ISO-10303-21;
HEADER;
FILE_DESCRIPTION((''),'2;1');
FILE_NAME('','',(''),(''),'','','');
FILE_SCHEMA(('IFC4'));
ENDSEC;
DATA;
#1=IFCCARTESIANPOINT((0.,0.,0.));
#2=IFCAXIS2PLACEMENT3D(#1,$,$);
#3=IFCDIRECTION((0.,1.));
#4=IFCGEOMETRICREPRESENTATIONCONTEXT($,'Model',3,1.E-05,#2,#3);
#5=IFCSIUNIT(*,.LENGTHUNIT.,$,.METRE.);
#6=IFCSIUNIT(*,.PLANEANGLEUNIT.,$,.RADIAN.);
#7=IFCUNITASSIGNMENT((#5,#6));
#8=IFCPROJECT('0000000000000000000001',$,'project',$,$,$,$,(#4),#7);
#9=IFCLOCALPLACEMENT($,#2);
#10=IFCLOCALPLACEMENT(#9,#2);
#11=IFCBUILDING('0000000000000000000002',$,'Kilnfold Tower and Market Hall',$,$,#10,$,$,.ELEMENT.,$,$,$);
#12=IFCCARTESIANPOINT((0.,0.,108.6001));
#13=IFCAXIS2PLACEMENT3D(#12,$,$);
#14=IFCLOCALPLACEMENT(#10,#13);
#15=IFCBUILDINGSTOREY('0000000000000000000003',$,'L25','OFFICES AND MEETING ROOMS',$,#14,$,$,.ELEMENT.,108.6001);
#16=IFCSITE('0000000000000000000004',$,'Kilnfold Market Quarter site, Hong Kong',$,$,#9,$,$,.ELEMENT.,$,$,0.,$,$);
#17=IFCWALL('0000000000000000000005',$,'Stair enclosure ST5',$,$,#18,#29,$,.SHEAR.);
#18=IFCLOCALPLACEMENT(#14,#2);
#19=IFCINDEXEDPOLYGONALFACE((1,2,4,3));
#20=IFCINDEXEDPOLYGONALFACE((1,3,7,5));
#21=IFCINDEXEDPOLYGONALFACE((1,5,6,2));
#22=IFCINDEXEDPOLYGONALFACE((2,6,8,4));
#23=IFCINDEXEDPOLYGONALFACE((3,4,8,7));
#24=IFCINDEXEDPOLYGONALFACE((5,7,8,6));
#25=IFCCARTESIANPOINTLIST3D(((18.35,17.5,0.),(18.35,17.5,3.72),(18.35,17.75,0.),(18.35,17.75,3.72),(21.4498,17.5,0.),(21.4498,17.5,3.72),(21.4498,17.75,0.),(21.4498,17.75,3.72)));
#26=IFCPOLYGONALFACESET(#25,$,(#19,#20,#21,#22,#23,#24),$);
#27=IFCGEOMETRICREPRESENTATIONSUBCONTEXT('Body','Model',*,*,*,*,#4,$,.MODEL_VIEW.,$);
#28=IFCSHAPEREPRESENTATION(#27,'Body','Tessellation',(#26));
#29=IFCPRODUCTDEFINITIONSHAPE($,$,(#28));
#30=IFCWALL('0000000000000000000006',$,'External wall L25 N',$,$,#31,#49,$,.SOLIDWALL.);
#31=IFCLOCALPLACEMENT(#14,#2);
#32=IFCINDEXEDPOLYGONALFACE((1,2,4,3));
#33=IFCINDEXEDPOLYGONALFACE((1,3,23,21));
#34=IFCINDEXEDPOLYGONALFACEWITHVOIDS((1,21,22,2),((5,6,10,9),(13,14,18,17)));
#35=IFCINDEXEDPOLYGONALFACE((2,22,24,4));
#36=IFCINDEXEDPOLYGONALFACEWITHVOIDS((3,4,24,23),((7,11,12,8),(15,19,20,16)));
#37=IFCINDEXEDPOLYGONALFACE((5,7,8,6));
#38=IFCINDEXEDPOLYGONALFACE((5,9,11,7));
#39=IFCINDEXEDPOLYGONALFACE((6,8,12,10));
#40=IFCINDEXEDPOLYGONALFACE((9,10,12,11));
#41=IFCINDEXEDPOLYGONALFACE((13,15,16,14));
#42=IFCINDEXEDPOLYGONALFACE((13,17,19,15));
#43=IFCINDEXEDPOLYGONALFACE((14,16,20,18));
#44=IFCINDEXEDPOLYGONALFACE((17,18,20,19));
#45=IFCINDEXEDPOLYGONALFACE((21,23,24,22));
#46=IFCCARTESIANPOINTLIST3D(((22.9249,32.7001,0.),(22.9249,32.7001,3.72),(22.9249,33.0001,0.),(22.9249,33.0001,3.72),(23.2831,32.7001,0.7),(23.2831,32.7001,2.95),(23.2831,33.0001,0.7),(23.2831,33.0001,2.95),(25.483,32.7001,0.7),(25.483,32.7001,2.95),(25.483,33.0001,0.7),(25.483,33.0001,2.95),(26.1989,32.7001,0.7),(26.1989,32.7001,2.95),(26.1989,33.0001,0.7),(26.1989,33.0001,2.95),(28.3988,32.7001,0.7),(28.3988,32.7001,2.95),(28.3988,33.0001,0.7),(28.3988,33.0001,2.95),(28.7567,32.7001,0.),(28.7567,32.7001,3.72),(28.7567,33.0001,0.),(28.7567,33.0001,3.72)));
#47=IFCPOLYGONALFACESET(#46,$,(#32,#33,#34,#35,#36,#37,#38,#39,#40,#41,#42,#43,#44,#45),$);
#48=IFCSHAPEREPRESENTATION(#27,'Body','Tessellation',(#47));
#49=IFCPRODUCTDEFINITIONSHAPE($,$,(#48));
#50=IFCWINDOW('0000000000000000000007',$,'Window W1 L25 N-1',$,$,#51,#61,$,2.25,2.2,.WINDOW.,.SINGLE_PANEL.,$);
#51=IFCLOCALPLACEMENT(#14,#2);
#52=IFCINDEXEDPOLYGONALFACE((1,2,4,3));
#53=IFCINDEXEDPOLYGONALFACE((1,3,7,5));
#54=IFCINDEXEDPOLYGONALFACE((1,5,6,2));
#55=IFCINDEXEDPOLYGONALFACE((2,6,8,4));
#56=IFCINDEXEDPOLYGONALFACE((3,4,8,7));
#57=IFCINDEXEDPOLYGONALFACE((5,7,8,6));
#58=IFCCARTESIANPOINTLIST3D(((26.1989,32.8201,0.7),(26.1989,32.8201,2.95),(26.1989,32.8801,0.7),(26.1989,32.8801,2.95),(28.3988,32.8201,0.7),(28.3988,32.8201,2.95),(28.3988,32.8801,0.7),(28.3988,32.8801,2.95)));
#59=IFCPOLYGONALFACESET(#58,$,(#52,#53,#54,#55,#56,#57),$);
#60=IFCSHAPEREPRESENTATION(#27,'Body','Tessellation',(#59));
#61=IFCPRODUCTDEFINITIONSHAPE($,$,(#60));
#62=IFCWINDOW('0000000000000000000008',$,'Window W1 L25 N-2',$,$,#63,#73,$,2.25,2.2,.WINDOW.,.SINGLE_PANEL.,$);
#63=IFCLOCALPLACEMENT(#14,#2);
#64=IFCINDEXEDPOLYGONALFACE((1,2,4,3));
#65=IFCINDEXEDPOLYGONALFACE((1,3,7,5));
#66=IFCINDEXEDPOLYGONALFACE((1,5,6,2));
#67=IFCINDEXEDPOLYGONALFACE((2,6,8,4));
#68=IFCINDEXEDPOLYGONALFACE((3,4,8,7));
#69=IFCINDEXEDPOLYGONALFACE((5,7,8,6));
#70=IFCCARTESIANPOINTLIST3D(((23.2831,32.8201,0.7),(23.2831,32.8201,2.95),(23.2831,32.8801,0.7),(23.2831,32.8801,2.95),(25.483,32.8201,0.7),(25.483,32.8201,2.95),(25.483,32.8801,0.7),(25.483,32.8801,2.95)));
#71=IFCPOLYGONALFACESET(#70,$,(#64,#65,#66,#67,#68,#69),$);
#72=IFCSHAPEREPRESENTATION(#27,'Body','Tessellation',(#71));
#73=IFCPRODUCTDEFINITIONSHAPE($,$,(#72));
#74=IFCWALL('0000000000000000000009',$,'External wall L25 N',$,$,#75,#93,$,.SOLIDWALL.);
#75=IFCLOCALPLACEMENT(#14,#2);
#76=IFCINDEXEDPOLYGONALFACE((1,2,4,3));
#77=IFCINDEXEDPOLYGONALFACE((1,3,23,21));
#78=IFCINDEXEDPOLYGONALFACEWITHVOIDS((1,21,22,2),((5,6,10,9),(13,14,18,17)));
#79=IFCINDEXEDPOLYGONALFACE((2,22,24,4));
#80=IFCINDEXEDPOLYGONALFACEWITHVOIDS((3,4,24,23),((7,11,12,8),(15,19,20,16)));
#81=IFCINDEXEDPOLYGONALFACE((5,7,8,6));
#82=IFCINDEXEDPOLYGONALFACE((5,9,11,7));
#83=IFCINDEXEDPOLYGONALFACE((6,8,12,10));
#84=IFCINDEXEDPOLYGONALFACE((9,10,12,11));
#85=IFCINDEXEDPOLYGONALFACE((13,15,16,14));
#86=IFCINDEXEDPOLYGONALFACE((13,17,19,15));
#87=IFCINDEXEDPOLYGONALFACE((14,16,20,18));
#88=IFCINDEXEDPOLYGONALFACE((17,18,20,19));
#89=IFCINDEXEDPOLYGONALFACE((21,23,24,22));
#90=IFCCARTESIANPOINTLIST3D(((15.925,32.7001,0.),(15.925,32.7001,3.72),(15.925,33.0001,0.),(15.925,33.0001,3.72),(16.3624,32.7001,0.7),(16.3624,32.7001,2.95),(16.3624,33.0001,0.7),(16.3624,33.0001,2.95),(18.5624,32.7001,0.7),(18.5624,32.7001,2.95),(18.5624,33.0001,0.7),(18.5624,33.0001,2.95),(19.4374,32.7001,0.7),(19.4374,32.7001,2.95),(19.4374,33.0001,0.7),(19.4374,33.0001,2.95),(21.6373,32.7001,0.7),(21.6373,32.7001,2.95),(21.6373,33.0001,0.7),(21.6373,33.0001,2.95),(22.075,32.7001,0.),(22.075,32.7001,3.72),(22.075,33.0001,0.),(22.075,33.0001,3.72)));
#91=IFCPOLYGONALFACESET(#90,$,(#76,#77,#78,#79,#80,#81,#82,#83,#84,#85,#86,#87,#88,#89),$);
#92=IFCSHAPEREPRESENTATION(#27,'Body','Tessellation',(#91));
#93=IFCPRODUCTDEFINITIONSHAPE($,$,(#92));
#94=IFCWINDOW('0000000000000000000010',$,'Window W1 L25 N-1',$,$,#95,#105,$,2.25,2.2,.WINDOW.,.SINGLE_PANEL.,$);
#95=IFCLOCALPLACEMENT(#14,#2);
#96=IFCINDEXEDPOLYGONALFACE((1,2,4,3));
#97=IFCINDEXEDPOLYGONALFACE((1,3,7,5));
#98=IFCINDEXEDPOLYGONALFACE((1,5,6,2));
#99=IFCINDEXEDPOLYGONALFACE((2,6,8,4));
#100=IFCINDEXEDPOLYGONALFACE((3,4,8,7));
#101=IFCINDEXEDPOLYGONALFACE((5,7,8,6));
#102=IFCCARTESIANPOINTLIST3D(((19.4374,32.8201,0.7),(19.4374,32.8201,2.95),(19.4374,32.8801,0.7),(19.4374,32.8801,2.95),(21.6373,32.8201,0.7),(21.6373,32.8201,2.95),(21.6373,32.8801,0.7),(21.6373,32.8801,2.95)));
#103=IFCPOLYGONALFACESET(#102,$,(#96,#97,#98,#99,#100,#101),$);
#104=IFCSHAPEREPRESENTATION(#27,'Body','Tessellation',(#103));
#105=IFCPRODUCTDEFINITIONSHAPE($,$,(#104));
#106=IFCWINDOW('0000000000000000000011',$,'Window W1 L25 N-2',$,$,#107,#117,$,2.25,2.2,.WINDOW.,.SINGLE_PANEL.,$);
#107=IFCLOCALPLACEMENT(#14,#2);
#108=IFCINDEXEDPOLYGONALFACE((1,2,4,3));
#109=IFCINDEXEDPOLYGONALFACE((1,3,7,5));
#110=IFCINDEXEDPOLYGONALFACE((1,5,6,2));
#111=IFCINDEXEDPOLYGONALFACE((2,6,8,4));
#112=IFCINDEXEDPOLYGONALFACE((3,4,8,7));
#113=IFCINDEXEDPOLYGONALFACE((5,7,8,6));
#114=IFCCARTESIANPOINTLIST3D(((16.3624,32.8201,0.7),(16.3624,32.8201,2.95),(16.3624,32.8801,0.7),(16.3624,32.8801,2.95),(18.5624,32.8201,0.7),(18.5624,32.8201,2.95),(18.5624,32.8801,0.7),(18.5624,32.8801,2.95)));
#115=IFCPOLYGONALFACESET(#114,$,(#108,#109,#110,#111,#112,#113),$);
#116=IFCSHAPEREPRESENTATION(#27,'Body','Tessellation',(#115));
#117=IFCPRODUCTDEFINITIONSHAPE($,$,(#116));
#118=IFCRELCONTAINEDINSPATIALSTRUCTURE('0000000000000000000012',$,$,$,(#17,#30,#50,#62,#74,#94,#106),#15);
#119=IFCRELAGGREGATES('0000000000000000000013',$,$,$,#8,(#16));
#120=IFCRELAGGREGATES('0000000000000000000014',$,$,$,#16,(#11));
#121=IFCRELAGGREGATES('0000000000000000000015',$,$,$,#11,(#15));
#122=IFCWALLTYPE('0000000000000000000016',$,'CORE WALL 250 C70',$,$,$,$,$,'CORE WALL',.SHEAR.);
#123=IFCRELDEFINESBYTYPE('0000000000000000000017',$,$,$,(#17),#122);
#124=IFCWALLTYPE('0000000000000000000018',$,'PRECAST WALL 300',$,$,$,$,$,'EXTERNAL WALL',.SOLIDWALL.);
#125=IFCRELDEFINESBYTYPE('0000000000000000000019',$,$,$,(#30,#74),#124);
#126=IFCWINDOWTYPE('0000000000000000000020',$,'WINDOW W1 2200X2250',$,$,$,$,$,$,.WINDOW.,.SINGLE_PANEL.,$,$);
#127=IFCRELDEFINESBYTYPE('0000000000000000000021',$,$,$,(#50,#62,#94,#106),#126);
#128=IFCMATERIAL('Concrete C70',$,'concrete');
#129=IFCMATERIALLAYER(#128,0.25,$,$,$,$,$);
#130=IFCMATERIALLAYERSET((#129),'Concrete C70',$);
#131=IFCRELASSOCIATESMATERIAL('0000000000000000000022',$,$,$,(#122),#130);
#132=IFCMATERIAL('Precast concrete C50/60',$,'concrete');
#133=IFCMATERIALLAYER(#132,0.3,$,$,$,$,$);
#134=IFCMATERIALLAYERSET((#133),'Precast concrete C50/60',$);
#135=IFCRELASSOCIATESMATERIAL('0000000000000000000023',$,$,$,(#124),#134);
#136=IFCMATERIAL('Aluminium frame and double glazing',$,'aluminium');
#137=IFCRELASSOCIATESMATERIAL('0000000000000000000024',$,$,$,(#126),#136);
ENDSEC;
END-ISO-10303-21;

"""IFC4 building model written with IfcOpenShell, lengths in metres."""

from ifc_helpers import new_model, si_unit, direction, frame, frame_2d, origin, place, context, subcontext, project, spatial, rectangle, extrude, source, transform, mapped, material, layer, layer_set, type_object, element, fill, save


model = new_model("IFC4")

# Units and contexts
model_context = context("Model", 3, precision=1e-05, world=origin(), true_north=direction((0.0, 1.0)))
body_context = subcontext(model_context, "Body", "Model", "MODEL_VIEW")
ifc_project = project(units=[si_unit("LENGTHUNIT", "METRE"), si_unit("PLANEANGLEUNIT", "RADIAN")], contexts=[model_context])

# Site, building, storey
site_placement = place(None, origin())
site = spatial("IfcSite", under=ifc_project, at=site_placement, Name="Kilnfold Market Quarter site, Hong Kong", CompositionType="ELEMENT", RefElevation=0.0)
building_placement = place(site_placement, origin())
building = spatial("IfcBuilding", under=site, at=building_placement, Name="Kilnfold Tower and Market Hall", CompositionType="ELEMENT")
storey_placement = place(building_placement, frame((0.0, 0.0, 108.6001)))
storey = spatial("IfcBuildingStorey", under=building, at=storey_placement, Name="L25", Description="OFFICES AND MEETING ROOMS", CompositionType="ELEMENT", Elevation=108.6001)

# Wall
ifc_material_1 = material(Name="Concrete C70", Category="concrete")
ifc_layer_1 = layer(ifc_material_1, 0.25)
ifc_layer_set_1 = layer_set([ifc_layer_1], Name="Concrete C70")
wall_type_1 = type_object("IfcWallType", Name="CORE WALL 250 C70", ElementType="CORE WALL", PredefinedType="SHEAR", material=ifc_layer_set_1)
shared_shape_1 = source(origin(), body_context, "Body", "SweptSolid", [
    extrude(rectangle(XDim=3.0999, YDim=0.25, at=frame_2d((1.5498, 0.0))), origin(), (0.0, 0.0, 1.0), 3.72),
])
wall_1_placement = place(storey_placement, frame((18.3501, 17.625, 0.0), z_axis=(0.0, 0.0, 1.0), x_axis=(1.0, 0.0, 0.0)))
element("IfcWall", 1, at=wall_1_placement, inside=storey, type_object=wall_type_1, Name="Stair enclosure ST5", PredefinedType="SHEAR", context=body_context, shape_type="MappedRepresentation", body=[
    mapped(shared_shape_1, transform((0.0, 0.0, 0.0))),
])

# Walls, openings, windows
ifc_material_2 = material(Name="Precast concrete C50/60", Category="concrete")
ifc_layer_2 = layer(ifc_material_2, 0.3)
ifc_layer_set_2 = layer_set([ifc_layer_2], Name="Precast concrete C50/60")
wall_type_2 = type_object("IfcWallType", Name="PRECAST WALL 300", ElementType="EXTERNAL WALL", PredefinedType="SOLIDWALL", material=ifc_layer_set_2)
shared_shape_2 = source(origin(), body_context, "Body", "SweptSolid", [
    extrude(rectangle(XDim=5.8318, YDim=0.3, at=frame_2d((2.916, 0.0))), origin(), (0.0, 0.0, 1.0), 3.72),
])
wall_2_placement = place(storey_placement, frame((28.7568, 32.8501, 0.0), z_axis=(0.0, 0.0, 1.0), x_axis=(-1.0, 0.0, 0.0)))
wall_2 = element("IfcWall", 2, at=wall_2_placement, inside=storey, type_object=wall_type_2, Name="External wall L25 N", PredefinedType="SOLIDWALL", context=body_context, shape_type="MappedRepresentation", body=[
    mapped(shared_shape_2, transform((0.0, 0.0, 0.0))),
])
opening_1_placement = place(wall_2_placement, frame((0.3579, 0.0, 0.7)))
opening_1 = element("IfcOpeningElement", 3, at=opening_1_placement, cuts=wall_2, PredefinedType="OPENING", context=body_context, shape_type="SweptSolid", body=[
    extrude(rectangle(XDim=2.2, YDim=2.25, at=frame_2d((1.1001, 1.125))), frame((0.0, 0.1602, 0.0), z_axis=(0.0, -1.0, 0.0), x_axis=(1.0, 0.0, 0.0)), (0.0, 0.0, 1.0), 0.3201),
])
opening_2_placement = place(wall_2_placement, frame((3.2737, 0.0, 0.7)))
opening_2 = element("IfcOpeningElement", 4, at=opening_2_placement, cuts=wall_2, PredefinedType="OPENING", context=body_context, shape_type="SweptSolid", body=[
    extrude(rectangle(XDim=2.2, YDim=2.25, at=frame_2d((1.1001, 1.125))), frame((0.0, 0.1602, 0.0), z_axis=(0.0, -1.0, 0.0), x_axis=(1.0, 0.0, 0.0)), (0.0, 0.0, 1.0), 0.3201),
])
ifc_material_3 = material(Name="Aluminium frame and double glazing", Category="aluminium")
window_type = type_object("IfcWindowType", Name="WINDOW W1 2200X2250", PartitioningType="SINGLE_PANEL", PredefinedType="WINDOW", material=ifc_material_3)
window_1_placement = place(opening_1_placement, origin())
window_1 = element("IfcWindow", 5, at=window_1_placement, inside=storey, type_object=window_type, Name="Window W1 L25 N-1", OverallHeight=2.25, OverallWidth=2.2, PartitioningType="SINGLE_PANEL", PredefinedType="WINDOW", context=body_context, shape_type="SweptSolid", body=[
    extrude(rectangle(XDim=2.2, YDim=2.25, at=frame_2d((1.1001, 1.125))), frame((0.0, 0.03, 0.0), z_axis=(0.0, -1.0, 0.0), x_axis=(1.0, 0.0, 0.0)), (0.0, 0.0, 1.0), 0.0601),
])
fill(opening_1, window_1)
window_2_placement = place(opening_2_placement, origin())
window_2 = element("IfcWindow", 6, at=window_2_placement, inside=storey, type_object=window_type, Name="Window W1 L25 N-2", OverallHeight=2.25, OverallWidth=2.2, PartitioningType="SINGLE_PANEL", PredefinedType="WINDOW", context=body_context, shape_type="SweptSolid", body=[
    extrude(rectangle(XDim=2.2, YDim=2.25, at=frame_2d((1.1001, 1.125))), frame((0.0, 0.03, 0.0), z_axis=(0.0, -1.0, 0.0), x_axis=(1.0, 0.0, 0.0)), (0.0, 0.0, 1.0), 0.0601),
])
fill(opening_2, window_2)
shared_shape_3 = source(origin(), body_context, "Body", "SweptSolid", [
    extrude(rectangle(XDim=6.1499, YDim=0.3, at=frame_2d((3.075, 0.0))), origin(), (0.0, 0.0, 1.0), 3.72),
])
wall_3_placement = place(storey_placement, frame((22.075, 32.8501, 0.0), z_axis=(0.0, 0.0, 1.0), x_axis=(-1.0, 0.0, 0.0)))
wall_3 = element("IfcWall", 7, at=wall_3_placement, inside=storey, type_object=wall_type_2, Name="External wall L25 N", PredefinedType="SOLIDWALL", context=body_context, shape_type="MappedRepresentation", body=[
    mapped(shared_shape_3, transform((0.0, 0.0, 0.0))),
])
opening_3_placement = place(wall_3_placement, frame((0.4375, 0.0, 0.7)))
opening_3 = element("IfcOpeningElement", 8, at=opening_3_placement, cuts=wall_3, PredefinedType="OPENING", context=body_context, shape_type="SweptSolid", body=[
    extrude(rectangle(XDim=2.2, YDim=2.25, at=frame_2d((1.1001, 1.125))), frame((0.0, 0.1602, 0.0), z_axis=(0.0, -1.0, 0.0), x_axis=(1.0, 0.0, 0.0)), (0.0, 0.0, 1.0), 0.3201),
])
opening_4_placement = place(wall_3_placement, frame((3.5125, 0.0, 0.7)))
opening_4 = element("IfcOpeningElement", 9, at=opening_4_placement, cuts=wall_3, PredefinedType="OPENING", context=body_context, shape_type="SweptSolid", body=[
    extrude(rectangle(XDim=2.2, YDim=2.25, at=frame_2d((1.1001, 1.125))), frame((0.0, 0.1602, 0.0), z_axis=(0.0, -1.0, 0.0), x_axis=(1.0, 0.0, 0.0)), (0.0, 0.0, 1.0), 0.3201),
])
window_3_placement = place(opening_3_placement, origin())
window_3 = element("IfcWindow", 10, at=window_3_placement, inside=storey, type_object=window_type, Name="Window W1 L25 N-1", OverallHeight=2.25, OverallWidth=2.2, PartitioningType="SINGLE_PANEL", PredefinedType="WINDOW", context=body_context, shape_type="SweptSolid", body=[
    extrude(rectangle(XDim=2.2, YDim=2.25, at=frame_2d((1.1001, 1.125))), frame((0.0, 0.03, 0.0), z_axis=(0.0, -1.0, 0.0), x_axis=(1.0, 0.0, 0.0)), (0.0, 0.0, 1.0), 0.0601),
])
fill(opening_3, window_3)
window_4_placement = place(opening_4_placement, origin())
window_4 = element("IfcWindow", 11, at=window_4_placement, inside=storey, type_object=window_type, Name="Window W1 L25 N-2", OverallHeight=2.25, OverallWidth=2.2, PartitioningType="SINGLE_PANEL", PredefinedType="WINDOW", context=body_context, shape_type="SweptSolid", body=[
    extrude(rectangle(XDim=2.2, YDim=2.25, at=frame_2d((1.1001, 1.125))), frame((0.0, 0.03, 0.0), z_axis=(0.0, -1.0, 0.0), x_axis=(1.0, 0.0, 0.0)), (0.0, 0.0, 1.0), 0.0601),
])
fill(opening_4, window_4)

save(model, "model.ifc")
